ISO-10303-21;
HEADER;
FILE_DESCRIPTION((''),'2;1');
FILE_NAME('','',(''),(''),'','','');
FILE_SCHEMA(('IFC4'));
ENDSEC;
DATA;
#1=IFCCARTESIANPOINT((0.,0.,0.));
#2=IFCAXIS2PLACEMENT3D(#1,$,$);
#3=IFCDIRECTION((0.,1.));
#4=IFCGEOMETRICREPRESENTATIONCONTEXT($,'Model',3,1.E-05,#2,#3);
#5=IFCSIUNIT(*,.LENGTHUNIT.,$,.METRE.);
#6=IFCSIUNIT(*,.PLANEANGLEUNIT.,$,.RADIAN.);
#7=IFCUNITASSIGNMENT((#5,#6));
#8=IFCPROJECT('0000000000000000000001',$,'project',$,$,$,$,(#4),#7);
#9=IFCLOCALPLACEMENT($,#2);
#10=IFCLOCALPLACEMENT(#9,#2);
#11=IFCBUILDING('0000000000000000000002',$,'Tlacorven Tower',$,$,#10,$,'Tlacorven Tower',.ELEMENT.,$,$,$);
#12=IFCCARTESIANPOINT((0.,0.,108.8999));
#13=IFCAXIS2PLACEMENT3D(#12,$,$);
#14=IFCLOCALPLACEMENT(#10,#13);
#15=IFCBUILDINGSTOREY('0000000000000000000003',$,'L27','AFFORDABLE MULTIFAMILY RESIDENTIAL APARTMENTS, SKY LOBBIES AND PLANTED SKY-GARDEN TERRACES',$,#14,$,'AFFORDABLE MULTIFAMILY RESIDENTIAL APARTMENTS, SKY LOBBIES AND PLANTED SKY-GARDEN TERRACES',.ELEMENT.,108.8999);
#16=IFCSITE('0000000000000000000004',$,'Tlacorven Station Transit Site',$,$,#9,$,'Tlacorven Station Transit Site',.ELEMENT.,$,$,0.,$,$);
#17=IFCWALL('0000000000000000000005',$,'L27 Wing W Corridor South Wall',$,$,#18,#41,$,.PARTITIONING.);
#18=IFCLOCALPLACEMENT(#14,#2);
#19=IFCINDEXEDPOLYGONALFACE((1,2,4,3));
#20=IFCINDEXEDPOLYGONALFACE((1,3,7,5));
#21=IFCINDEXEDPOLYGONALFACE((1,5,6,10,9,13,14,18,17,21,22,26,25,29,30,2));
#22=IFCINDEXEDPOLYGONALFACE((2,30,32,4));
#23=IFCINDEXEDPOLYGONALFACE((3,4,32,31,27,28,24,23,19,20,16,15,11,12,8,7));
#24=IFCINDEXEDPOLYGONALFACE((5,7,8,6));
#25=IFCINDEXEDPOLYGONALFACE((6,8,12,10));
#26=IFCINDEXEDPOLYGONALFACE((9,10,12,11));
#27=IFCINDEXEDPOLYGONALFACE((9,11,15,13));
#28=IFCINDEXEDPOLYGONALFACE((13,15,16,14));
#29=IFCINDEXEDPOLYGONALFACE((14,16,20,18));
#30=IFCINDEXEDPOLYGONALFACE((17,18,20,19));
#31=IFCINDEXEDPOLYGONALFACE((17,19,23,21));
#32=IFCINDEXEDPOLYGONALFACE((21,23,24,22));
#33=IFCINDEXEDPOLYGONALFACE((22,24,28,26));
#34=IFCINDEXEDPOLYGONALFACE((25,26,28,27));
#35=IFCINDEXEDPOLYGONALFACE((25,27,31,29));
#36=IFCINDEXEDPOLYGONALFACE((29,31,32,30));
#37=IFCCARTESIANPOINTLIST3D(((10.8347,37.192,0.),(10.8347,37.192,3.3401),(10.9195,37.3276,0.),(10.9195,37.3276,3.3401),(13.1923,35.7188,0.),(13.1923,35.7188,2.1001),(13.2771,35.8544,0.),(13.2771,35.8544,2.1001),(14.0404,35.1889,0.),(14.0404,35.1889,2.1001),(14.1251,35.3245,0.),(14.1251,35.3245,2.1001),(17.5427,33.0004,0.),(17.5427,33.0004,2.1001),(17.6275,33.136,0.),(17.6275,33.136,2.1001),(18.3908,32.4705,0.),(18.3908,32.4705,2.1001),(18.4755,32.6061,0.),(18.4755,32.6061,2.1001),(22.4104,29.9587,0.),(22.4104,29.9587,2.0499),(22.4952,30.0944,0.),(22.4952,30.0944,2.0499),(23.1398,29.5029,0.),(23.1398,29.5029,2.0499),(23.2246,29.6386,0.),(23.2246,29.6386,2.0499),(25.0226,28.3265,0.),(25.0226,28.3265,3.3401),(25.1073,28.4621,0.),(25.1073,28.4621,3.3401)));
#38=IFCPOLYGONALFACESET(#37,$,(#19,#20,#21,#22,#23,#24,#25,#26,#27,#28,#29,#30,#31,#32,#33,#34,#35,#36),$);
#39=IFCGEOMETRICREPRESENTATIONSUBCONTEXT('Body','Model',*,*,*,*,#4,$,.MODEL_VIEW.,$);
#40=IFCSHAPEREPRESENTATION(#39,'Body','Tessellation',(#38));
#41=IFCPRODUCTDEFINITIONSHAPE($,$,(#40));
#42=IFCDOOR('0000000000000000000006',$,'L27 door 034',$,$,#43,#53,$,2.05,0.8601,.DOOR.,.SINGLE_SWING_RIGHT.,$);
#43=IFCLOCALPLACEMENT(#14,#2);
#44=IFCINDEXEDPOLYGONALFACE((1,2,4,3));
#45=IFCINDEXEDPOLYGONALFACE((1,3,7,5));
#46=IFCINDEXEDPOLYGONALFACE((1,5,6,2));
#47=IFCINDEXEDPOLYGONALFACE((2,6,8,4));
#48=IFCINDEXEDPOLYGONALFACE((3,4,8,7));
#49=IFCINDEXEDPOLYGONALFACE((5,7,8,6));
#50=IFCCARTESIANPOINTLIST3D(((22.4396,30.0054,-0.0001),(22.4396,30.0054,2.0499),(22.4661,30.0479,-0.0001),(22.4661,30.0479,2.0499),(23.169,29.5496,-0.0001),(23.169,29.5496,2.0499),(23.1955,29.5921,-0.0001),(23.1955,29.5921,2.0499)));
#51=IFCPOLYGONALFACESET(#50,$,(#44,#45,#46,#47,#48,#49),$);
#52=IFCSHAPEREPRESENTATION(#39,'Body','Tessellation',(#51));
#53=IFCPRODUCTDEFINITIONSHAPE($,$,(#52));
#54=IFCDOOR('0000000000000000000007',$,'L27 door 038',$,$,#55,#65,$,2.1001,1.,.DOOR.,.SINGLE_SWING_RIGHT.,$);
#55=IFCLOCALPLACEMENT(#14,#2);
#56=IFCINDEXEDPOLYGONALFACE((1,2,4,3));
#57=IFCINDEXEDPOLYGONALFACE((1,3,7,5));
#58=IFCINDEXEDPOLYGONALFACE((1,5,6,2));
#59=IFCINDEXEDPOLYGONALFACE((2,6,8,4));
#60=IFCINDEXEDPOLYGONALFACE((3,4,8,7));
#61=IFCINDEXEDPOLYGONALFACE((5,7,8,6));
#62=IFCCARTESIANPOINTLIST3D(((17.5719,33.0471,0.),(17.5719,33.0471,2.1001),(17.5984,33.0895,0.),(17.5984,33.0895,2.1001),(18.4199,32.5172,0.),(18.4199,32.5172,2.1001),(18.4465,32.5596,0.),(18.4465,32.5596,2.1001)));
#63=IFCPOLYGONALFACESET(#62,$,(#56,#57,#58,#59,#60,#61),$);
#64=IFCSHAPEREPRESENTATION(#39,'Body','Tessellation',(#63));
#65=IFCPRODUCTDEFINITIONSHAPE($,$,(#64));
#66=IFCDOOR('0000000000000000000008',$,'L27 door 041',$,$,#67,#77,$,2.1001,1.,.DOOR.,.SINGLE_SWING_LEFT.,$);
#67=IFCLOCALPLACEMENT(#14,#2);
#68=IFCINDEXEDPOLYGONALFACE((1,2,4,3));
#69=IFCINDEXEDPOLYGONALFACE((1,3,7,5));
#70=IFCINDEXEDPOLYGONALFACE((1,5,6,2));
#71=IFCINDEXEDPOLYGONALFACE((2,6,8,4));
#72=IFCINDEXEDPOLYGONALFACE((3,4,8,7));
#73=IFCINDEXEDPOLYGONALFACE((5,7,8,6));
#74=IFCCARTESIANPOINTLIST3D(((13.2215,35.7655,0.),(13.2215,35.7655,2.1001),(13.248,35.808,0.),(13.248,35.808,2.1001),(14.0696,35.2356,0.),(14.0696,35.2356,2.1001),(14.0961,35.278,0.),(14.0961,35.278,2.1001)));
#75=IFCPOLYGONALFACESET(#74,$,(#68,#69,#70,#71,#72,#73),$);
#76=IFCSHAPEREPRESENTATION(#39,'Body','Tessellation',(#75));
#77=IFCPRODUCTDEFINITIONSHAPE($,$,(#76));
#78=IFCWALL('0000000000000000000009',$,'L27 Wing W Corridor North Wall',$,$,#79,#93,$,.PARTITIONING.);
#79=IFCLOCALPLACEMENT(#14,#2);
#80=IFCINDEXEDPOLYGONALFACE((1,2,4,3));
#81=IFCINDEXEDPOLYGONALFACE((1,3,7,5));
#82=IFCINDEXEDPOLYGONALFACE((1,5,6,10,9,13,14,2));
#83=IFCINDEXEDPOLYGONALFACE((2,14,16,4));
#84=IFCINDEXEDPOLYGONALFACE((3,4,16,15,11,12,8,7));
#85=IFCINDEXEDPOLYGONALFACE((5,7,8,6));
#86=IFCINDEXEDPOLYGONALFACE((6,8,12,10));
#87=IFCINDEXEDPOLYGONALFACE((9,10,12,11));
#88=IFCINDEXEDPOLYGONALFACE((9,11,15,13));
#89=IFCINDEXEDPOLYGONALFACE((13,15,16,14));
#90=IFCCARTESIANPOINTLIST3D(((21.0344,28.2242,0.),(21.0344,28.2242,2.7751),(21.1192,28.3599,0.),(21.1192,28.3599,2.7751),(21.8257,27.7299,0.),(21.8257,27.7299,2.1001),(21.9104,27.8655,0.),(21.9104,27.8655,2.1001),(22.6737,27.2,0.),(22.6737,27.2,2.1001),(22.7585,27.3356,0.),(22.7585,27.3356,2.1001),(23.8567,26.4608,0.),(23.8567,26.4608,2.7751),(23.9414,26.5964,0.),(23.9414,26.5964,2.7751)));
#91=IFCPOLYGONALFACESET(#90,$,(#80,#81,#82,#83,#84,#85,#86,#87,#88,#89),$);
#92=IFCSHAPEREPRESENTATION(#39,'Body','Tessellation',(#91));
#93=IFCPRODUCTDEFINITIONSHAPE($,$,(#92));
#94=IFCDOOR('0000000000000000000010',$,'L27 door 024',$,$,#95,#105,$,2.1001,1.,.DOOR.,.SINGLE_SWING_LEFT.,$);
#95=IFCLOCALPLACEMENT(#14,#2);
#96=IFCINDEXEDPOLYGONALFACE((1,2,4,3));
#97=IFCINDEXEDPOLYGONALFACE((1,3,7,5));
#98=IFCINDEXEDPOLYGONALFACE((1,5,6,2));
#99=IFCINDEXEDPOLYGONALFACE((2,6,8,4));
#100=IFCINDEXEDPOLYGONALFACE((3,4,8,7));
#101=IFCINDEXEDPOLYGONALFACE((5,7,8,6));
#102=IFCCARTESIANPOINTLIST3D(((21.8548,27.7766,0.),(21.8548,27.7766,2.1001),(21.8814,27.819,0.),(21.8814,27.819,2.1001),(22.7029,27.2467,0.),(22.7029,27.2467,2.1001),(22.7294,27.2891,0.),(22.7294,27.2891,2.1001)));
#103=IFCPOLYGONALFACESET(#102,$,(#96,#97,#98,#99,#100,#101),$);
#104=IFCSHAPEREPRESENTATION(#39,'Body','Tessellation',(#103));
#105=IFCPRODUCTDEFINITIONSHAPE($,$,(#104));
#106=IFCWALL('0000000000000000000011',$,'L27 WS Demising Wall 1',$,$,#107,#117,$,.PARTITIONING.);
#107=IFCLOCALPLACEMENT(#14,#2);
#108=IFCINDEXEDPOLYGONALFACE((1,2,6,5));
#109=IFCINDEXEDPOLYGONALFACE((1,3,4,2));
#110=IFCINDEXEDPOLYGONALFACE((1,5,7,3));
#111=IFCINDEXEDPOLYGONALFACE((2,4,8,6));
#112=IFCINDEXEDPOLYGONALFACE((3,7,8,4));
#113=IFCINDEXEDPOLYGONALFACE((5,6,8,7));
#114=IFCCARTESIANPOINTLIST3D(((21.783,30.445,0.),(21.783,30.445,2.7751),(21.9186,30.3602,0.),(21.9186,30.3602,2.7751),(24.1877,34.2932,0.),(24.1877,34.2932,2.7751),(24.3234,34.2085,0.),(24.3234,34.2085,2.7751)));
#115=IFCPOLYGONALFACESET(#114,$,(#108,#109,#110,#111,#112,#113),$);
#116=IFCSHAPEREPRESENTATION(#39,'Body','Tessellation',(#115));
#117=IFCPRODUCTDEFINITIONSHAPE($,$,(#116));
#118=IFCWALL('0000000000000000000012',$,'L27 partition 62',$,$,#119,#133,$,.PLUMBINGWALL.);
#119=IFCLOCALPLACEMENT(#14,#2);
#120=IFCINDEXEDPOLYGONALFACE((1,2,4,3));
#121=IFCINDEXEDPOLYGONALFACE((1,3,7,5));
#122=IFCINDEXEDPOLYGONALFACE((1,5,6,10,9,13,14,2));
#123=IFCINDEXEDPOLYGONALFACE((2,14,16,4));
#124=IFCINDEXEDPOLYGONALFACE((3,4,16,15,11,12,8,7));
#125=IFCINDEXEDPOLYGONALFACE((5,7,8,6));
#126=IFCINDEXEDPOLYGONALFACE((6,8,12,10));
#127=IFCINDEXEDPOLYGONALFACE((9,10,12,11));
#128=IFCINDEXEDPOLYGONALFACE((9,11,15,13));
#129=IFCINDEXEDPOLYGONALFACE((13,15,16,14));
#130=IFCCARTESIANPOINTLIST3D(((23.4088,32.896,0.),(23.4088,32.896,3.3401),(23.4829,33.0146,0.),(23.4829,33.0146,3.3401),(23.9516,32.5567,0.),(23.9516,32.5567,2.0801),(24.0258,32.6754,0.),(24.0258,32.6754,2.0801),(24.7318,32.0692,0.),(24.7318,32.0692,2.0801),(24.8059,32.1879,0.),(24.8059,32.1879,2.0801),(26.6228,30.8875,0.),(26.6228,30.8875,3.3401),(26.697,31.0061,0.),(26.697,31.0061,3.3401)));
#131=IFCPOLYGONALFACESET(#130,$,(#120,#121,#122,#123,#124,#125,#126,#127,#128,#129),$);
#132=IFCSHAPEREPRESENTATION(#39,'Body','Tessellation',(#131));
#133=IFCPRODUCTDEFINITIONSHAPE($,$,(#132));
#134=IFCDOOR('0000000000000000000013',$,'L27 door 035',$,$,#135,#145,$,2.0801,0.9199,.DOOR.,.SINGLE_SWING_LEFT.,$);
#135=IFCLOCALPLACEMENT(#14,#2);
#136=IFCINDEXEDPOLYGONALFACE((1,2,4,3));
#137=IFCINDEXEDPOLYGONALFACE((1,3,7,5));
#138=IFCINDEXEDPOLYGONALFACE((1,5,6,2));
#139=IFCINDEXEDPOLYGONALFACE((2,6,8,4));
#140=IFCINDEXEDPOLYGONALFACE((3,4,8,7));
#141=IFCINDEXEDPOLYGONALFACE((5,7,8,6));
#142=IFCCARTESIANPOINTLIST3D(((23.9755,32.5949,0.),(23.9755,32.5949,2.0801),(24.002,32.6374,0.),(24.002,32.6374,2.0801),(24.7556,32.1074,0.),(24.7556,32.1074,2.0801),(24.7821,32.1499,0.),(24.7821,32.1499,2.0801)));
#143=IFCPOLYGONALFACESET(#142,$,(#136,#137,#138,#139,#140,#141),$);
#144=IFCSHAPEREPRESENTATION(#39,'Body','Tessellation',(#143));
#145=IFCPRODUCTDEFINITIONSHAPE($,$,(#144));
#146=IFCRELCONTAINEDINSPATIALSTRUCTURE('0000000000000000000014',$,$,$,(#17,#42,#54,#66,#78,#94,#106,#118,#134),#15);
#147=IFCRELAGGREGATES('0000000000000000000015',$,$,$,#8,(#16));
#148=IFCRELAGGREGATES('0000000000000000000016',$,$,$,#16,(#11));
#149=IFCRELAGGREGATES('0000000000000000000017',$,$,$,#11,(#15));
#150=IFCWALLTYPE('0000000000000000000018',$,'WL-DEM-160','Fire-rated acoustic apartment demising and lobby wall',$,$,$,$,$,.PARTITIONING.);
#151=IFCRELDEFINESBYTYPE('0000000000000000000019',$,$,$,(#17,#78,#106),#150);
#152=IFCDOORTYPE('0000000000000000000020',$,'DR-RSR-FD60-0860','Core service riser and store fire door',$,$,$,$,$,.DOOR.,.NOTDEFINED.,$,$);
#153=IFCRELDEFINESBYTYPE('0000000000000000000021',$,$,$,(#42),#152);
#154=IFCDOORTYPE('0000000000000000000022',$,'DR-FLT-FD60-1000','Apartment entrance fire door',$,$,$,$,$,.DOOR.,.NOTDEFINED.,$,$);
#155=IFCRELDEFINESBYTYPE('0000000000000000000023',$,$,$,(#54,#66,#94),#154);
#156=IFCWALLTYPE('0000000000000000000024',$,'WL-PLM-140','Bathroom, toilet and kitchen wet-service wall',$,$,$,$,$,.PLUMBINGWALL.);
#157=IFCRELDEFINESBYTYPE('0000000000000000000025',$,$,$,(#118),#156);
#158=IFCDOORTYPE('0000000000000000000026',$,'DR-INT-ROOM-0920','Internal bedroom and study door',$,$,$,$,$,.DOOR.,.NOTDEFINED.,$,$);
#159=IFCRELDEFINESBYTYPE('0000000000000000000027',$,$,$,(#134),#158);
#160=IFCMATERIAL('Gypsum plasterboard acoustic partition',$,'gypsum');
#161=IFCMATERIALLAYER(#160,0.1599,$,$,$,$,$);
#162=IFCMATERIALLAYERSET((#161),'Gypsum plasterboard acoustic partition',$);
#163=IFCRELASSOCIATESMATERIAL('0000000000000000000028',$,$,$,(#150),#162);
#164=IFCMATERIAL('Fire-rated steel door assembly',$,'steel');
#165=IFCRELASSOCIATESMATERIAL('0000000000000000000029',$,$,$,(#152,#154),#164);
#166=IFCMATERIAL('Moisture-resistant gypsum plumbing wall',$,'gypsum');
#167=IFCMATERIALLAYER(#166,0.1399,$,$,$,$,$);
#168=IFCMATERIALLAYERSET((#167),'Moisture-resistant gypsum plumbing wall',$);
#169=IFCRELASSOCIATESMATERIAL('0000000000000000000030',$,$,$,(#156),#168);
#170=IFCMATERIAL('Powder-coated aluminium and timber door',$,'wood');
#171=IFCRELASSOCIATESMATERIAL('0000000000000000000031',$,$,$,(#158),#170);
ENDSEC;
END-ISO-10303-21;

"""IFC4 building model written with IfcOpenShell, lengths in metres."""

from ifc_helpers import new_model, si_unit, direction, frame, frame_2d, origin, place, context, subcontext, project, spatial, rectangle, extrude, source, transform, mapped, material, layer, layer_set, type_object, element, fill, save


model = new_model("IFC4")

# Units and contexts
model_context = context("Model", 3, precision=1e-05, world=origin(), true_north=direction((0.0, 1.0)))
body_context = subcontext(model_context, "Body", "Model", "MODEL_VIEW")
ifc_project = project(units=[si_unit("LENGTHUNIT", "METRE"), si_unit("PLANEANGLEUNIT", "RADIAN")], contexts=[model_context])

# Site, building, storey
site_placement = place(None, origin())
site = spatial("IfcSite", under=ifc_project, at=site_placement, Name="Tlacorven Station Transit Site", LongName="Tlacorven Station Transit Site", CompositionType="ELEMENT", RefElevation=0.0)
building_placement = place(site_placement, origin())
building = spatial("IfcBuilding", under=site, at=building_placement, Name="Tlacorven Tower", LongName="Tlacorven Tower", CompositionType="ELEMENT")
storey_placement = place(building_placement, frame((0.0, 0.0, 108.8999)))
storey = spatial("IfcBuildingStorey", under=building, at=storey_placement, Name="L27", Description="AFFORDABLE MULTIFAMILY RESIDENTIAL APARTMENTS, SKY LOBBIES AND PLANTED SKY-GARDEN TERRACES", LongName="AFFORDABLE MULTIFAMILY RESIDENTIAL APARTMENTS, SKY LOBBIES AND PLANTED SKY-GARDEN TERRACES", CompositionType="ELEMENT", Elevation=108.8999)

# Shared definitions
ifc_material_1 = material(Name="Gypsum plasterboard acoustic partition", Category="gypsum")
ifc_layer_1 = layer(ifc_material_1, 0.1599)
ifc_layer_set_1 = layer_set([ifc_layer_1], Name="Gypsum plasterboard acoustic partition")
wall_type_1 = type_object("IfcWallType", Name="WL-DEM-160", Description="Fire-rated acoustic apartment demising and lobby wall", PredefinedType="PARTITIONING", material=ifc_layer_set_1)

# Wall, openings, doors
wall_1_placement = place(storey_placement, frame((25.0649, 28.3943, 0.0), z_axis=(0.0, 0.0, 1.0), x_axis=(-0.848048, 0.529919, 0.0)))
wall_1 = element("IfcWall", 1, at=wall_1_placement, inside=storey, type_object=wall_type_1, Name="L27 Wing W Corridor South Wall", PredefinedType="PARTITIONING", context=body_context, shape_type="SweptSolid", body=[
    extrude(rectangle(XDim=16.73, YDim=0.1599, at=frame_2d((8.365, 0.0))), origin(), (0.0, 0.0, 1.0), 3.3401),
])
opening_1_placement = place(wall_1_placement, frame((2.22, 0.0, 0.0)))
opening_1 = element("IfcOpeningElement", 2, at=opening_1_placement, cuts=wall_1, PredefinedType="OPENING", context=body_context, shape_type="SweptSolid", body=[
    extrude(rectangle(XDim=0.8601, YDim=2.05, at=frame_2d((0.4302, 1.0249))), frame((0.0, 0.0898, 0.0), z_axis=(0.0, -1.0, 0.0), x_axis=(1.0, 0.0, 0.0)), (0.0, 0.0, 1.0), 0.1799),
])
opening_2_placement = place(wall_1_placement, frame((7.8201, 0.0, 0.0)))
opening_2 = element("IfcOpeningElement", 3, at=opening_2_placement, cuts=wall_1, PredefinedType="OPENING", context=body_context, shape_type="SweptSolid", body=[
    extrude(rectangle(XDim=1.0, YDim=2.1001, at=frame_2d((0.5, 1.05))), frame((0.0, 0.0898, 0.0), z_axis=(0.0, -1.0, 0.0), x_axis=(1.0, 0.0, 0.0)), (0.0, 0.0, 1.0), 0.1799),
])
opening_3_placement = place(wall_1_placement, frame((12.95, 0.0, 0.0)))
opening_3 = element("IfcOpeningElement", 4, at=opening_3_placement, cuts=wall_1, PredefinedType="OPENING", context=body_context, shape_type="SweptSolid", body=[
    extrude(rectangle(XDim=1.0, YDim=2.1001, at=frame_2d((0.5, 1.05))), frame((0.0, 0.0898, 0.0), z_axis=(0.0, -1.0, 0.0), x_axis=(1.0, 0.0, 0.0)), (0.0, 0.0, 1.0), 0.1799),
])
ifc_material_2 = material(Name="Fire-rated steel door assembly", Category="steel")
door_type_1 = type_object("IfcDoorType", Name="DR-RSR-FD60-0860", Description="Core service riser and store fire door", OperationType="NOTDEFINED", PredefinedType="DOOR", material=ifc_material_2)
shared_shape_1 = source(origin(), body_context, "Body", "SweptSolid", [
    extrude(rectangle(XDim=0.8601, YDim=2.05, at=frame_2d((0.4302, 1.0249))), frame((0.0, 0.0249, 0.0), z_axis=(0.0, -1.0, 0.0), x_axis=(1.0, 0.0, 0.0)), (0.0, 0.0, 1.0), 0.05),
])
door_1_placement = place(opening_1_placement, origin())
door_1 = element("IfcDoor", 5, at=door_1_placement, inside=storey, type_object=door_type_1, Name="L27 door 034", OperationType="SINGLE_SWING_RIGHT", OverallHeight=2.05, OverallWidth=0.8601, PredefinedType="DOOR", context=body_context, shape_type="MappedRepresentation", body=[
    mapped(shared_shape_1, transform((0.0, 0.0, 0.0), scale=1.0)),
])
fill(opening_1, door_1)
door_type_2 = type_object("IfcDoorType", Name="DR-FLT-FD60-1000", Description="Apartment entrance fire door", OperationType="NOTDEFINED", PredefinedType="DOOR", material=ifc_material_2)
shared_shape_2 = source(origin(), body_context, "Body", "SweptSolid", [
    extrude(rectangle(XDim=1.0, YDim=2.1001, at=frame_2d((0.5, 1.05))), frame((0.0, 0.0249, 0.0), z_axis=(0.0, -1.0, 0.0), x_axis=(1.0, 0.0, 0.0)), (0.0, 0.0, 1.0), 0.05),
])
door_2_placement = place(opening_2_placement, origin())
door_2 = element("IfcDoor", 6, at=door_2_placement, inside=storey, type_object=door_type_2, Name="L27 door 038", OperationType="SINGLE_SWING_RIGHT", OverallHeight=2.1001, OverallWidth=1.0, PredefinedType="DOOR", context=body_context, shape_type="MappedRepresentation", body=[
    mapped(shared_shape_2, transform((0.0, 0.0, 0.0), scale=1.0)),
])
fill(opening_2, door_2)
door_3_placement = place(opening_3_placement, origin())
door_3 = element("IfcDoor", 7, at=door_3_placement, inside=storey, type_object=door_type_2, Name="L27 door 041", OperationType="SINGLE_SWING_LEFT", OverallHeight=2.1001, OverallWidth=1.0, PredefinedType="DOOR", context=body_context, shape_type="MappedRepresentation", body=[
    mapped(shared_shape_2, transform((0.0, 0.0, 0.0), scale=1.0)),
])
fill(opening_3, door_3)

# Wall, opening, door
wall_2_placement = place(storey_placement, frame((23.8992, 26.5286, 0.0), z_axis=(0.0, 0.0, 1.0), x_axis=(-0.848064, 0.529893, 0.0)))
wall_2 = element("IfcWall", 8, at=wall_2_placement, inside=storey, type_object=wall_type_1, Name="L27 Wing W Corridor North Wall", PredefinedType="PARTITIONING", context=body_context, shape_type="SweptSolid", body=[
    extrude(rectangle(XDim=3.3279, YDim=0.1599, at=frame_2d((1.6641, 0.0))), origin(), (0.0, 0.0, 1.0), 2.7751),
])
opening_4_placement = place(wall_2_placement, frame((1.395, 0.0, 0.0)))
opening_4 = element("IfcOpeningElement", 9, at=opening_4_placement, cuts=wall_2, PredefinedType="OPENING", context=body_context, shape_type="SweptSolid", body=[
    extrude(rectangle(XDim=1.0, YDim=2.1001, at=frame_2d((0.5, 1.05))), frame((0.0, 0.0898, 0.0), z_axis=(0.0, -1.0, 0.0), x_axis=(1.0, 0.0, 0.0)), (0.0, 0.0, 1.0), 0.1799),
])
door_4_placement = place(opening_4_placement, origin())
door_4 = element("IfcDoor", 10, at=door_4_placement, inside=storey, type_object=door_type_2, Name="L27 door 024", OperationType="SINGLE_SWING_LEFT", OverallHeight=2.1001, OverallWidth=1.0, PredefinedType="DOOR", context=body_context, shape_type="MappedRepresentation", body=[
    mapped(shared_shape_2, transform((0.0, 0.0, 0.0), scale=1.0)),
])
fill(opening_4, door_4)

# Wall
wall_3_placement = place(storey_placement, frame((24.2556, 34.251, 0.0), z_axis=(0.0, 0.0, 1.0), x_axis=(-0.529926, -0.848044, 0.0)))
element("IfcWall", 11, at=wall_3_placement, inside=storey, type_object=wall_type_1, Name="L27 WS Demising Wall 1", PredefinedType="PARTITIONING", context=body_context, shape_type="SweptSolid", body=[
    extrude(rectangle(XDim=4.5378, YDim=0.1599, at=frame_2d((2.269, 0.0))), origin(), (0.0, 0.0, 1.0), 2.7751),
])

# Wall, opening, door
ifc_material_3 = material(Name="Moisture-resistant gypsum plumbing wall", Category="gypsum")
ifc_layer_2 = layer(ifc_material_3, 0.1399)
ifc_layer_set_2 = layer_set([ifc_layer_2], Name="Moisture-resistant gypsum plumbing wall")
wall_type_2 = type_object("IfcWallType", Name="WL-PLM-140", Description="Bathroom, toilet and kitchen wet-service wall", PredefinedType="PLUMBINGWALL", material=ifc_layer_set_2)
wall_4_placement = place(storey_placement, frame((26.6599, 30.9468, 0.0), z_axis=(0.0, 0.0, 1.0), x_axis=(-0.848031, 0.529947, 0.0)))
wall_4 = element("IfcWall", 12, at=wall_4_placement, inside=storey, type_object=wall_type_2, Name="L27 partition 62", PredefinedType="PLUMBINGWALL", context=body_context, shape_type="SweptSolid", body=[
    extrude(rectangle(XDim=3.79, YDim=0.1399, at=frame_2d((1.895, 0.0))), origin(), (0.0, 0.0, 1.0), 3.3401),
])
opening_5_placement = place(wall_4_placement, frame((2.23, 0.0, 0.0)))
opening_5 = element("IfcOpeningElement", 13, at=opening_5_placement, cuts=wall_4, PredefinedType="OPENING", context=body_context, shape_type="SweptSolid", body=[
    extrude(rectangle(XDim=0.9199, YDim=2.0801, at=frame_2d((0.46, 1.04))), frame((0.0, 0.0801, 0.0), z_axis=(0.0, -1.0, 0.0), x_axis=(1.0, 0.0, 0.0)), (0.0, 0.0, 1.0), 0.1599),
])
ifc_material_4 = material(Name="Powder-coated aluminium and timber door", Category="wood")
door_type_3 = type_object("IfcDoorType", Name="DR-INT-ROOM-0920", Description="Internal bedroom and study door", OperationType="NOTDEFINED", PredefinedType="DOOR", material=ifc_material_4)
shared_shape_3 = source(origin(), body_context, "Body", "SweptSolid", [
    extrude(rectangle(XDim=0.9199, YDim=2.0801, at=frame_2d((0.46, 1.04))), frame((0.0, 0.0249, 0.0), z_axis=(0.0, -1.0, 0.0), x_axis=(1.0, 0.0, 0.0)), (0.0, 0.0, 1.0), 0.05),
])
door_5_placement = place(opening_5_placement, origin())
door_5 = element("IfcDoor", 14, at=door_5_placement, inside=storey, type_object=door_type_3, Name="L27 door 035", OperationType="SINGLE_SWING_LEFT", OverallHeight=2.0801, OverallWidth=0.9199, PredefinedType="DOOR", context=body_context, shape_type="MappedRepresentation", body=[
    mapped(shared_shape_3, transform((0.0, 0.0, 0.0), scale=1.0)),
])
fill(opening_5, door_5)

save(model, "model.ifc")
